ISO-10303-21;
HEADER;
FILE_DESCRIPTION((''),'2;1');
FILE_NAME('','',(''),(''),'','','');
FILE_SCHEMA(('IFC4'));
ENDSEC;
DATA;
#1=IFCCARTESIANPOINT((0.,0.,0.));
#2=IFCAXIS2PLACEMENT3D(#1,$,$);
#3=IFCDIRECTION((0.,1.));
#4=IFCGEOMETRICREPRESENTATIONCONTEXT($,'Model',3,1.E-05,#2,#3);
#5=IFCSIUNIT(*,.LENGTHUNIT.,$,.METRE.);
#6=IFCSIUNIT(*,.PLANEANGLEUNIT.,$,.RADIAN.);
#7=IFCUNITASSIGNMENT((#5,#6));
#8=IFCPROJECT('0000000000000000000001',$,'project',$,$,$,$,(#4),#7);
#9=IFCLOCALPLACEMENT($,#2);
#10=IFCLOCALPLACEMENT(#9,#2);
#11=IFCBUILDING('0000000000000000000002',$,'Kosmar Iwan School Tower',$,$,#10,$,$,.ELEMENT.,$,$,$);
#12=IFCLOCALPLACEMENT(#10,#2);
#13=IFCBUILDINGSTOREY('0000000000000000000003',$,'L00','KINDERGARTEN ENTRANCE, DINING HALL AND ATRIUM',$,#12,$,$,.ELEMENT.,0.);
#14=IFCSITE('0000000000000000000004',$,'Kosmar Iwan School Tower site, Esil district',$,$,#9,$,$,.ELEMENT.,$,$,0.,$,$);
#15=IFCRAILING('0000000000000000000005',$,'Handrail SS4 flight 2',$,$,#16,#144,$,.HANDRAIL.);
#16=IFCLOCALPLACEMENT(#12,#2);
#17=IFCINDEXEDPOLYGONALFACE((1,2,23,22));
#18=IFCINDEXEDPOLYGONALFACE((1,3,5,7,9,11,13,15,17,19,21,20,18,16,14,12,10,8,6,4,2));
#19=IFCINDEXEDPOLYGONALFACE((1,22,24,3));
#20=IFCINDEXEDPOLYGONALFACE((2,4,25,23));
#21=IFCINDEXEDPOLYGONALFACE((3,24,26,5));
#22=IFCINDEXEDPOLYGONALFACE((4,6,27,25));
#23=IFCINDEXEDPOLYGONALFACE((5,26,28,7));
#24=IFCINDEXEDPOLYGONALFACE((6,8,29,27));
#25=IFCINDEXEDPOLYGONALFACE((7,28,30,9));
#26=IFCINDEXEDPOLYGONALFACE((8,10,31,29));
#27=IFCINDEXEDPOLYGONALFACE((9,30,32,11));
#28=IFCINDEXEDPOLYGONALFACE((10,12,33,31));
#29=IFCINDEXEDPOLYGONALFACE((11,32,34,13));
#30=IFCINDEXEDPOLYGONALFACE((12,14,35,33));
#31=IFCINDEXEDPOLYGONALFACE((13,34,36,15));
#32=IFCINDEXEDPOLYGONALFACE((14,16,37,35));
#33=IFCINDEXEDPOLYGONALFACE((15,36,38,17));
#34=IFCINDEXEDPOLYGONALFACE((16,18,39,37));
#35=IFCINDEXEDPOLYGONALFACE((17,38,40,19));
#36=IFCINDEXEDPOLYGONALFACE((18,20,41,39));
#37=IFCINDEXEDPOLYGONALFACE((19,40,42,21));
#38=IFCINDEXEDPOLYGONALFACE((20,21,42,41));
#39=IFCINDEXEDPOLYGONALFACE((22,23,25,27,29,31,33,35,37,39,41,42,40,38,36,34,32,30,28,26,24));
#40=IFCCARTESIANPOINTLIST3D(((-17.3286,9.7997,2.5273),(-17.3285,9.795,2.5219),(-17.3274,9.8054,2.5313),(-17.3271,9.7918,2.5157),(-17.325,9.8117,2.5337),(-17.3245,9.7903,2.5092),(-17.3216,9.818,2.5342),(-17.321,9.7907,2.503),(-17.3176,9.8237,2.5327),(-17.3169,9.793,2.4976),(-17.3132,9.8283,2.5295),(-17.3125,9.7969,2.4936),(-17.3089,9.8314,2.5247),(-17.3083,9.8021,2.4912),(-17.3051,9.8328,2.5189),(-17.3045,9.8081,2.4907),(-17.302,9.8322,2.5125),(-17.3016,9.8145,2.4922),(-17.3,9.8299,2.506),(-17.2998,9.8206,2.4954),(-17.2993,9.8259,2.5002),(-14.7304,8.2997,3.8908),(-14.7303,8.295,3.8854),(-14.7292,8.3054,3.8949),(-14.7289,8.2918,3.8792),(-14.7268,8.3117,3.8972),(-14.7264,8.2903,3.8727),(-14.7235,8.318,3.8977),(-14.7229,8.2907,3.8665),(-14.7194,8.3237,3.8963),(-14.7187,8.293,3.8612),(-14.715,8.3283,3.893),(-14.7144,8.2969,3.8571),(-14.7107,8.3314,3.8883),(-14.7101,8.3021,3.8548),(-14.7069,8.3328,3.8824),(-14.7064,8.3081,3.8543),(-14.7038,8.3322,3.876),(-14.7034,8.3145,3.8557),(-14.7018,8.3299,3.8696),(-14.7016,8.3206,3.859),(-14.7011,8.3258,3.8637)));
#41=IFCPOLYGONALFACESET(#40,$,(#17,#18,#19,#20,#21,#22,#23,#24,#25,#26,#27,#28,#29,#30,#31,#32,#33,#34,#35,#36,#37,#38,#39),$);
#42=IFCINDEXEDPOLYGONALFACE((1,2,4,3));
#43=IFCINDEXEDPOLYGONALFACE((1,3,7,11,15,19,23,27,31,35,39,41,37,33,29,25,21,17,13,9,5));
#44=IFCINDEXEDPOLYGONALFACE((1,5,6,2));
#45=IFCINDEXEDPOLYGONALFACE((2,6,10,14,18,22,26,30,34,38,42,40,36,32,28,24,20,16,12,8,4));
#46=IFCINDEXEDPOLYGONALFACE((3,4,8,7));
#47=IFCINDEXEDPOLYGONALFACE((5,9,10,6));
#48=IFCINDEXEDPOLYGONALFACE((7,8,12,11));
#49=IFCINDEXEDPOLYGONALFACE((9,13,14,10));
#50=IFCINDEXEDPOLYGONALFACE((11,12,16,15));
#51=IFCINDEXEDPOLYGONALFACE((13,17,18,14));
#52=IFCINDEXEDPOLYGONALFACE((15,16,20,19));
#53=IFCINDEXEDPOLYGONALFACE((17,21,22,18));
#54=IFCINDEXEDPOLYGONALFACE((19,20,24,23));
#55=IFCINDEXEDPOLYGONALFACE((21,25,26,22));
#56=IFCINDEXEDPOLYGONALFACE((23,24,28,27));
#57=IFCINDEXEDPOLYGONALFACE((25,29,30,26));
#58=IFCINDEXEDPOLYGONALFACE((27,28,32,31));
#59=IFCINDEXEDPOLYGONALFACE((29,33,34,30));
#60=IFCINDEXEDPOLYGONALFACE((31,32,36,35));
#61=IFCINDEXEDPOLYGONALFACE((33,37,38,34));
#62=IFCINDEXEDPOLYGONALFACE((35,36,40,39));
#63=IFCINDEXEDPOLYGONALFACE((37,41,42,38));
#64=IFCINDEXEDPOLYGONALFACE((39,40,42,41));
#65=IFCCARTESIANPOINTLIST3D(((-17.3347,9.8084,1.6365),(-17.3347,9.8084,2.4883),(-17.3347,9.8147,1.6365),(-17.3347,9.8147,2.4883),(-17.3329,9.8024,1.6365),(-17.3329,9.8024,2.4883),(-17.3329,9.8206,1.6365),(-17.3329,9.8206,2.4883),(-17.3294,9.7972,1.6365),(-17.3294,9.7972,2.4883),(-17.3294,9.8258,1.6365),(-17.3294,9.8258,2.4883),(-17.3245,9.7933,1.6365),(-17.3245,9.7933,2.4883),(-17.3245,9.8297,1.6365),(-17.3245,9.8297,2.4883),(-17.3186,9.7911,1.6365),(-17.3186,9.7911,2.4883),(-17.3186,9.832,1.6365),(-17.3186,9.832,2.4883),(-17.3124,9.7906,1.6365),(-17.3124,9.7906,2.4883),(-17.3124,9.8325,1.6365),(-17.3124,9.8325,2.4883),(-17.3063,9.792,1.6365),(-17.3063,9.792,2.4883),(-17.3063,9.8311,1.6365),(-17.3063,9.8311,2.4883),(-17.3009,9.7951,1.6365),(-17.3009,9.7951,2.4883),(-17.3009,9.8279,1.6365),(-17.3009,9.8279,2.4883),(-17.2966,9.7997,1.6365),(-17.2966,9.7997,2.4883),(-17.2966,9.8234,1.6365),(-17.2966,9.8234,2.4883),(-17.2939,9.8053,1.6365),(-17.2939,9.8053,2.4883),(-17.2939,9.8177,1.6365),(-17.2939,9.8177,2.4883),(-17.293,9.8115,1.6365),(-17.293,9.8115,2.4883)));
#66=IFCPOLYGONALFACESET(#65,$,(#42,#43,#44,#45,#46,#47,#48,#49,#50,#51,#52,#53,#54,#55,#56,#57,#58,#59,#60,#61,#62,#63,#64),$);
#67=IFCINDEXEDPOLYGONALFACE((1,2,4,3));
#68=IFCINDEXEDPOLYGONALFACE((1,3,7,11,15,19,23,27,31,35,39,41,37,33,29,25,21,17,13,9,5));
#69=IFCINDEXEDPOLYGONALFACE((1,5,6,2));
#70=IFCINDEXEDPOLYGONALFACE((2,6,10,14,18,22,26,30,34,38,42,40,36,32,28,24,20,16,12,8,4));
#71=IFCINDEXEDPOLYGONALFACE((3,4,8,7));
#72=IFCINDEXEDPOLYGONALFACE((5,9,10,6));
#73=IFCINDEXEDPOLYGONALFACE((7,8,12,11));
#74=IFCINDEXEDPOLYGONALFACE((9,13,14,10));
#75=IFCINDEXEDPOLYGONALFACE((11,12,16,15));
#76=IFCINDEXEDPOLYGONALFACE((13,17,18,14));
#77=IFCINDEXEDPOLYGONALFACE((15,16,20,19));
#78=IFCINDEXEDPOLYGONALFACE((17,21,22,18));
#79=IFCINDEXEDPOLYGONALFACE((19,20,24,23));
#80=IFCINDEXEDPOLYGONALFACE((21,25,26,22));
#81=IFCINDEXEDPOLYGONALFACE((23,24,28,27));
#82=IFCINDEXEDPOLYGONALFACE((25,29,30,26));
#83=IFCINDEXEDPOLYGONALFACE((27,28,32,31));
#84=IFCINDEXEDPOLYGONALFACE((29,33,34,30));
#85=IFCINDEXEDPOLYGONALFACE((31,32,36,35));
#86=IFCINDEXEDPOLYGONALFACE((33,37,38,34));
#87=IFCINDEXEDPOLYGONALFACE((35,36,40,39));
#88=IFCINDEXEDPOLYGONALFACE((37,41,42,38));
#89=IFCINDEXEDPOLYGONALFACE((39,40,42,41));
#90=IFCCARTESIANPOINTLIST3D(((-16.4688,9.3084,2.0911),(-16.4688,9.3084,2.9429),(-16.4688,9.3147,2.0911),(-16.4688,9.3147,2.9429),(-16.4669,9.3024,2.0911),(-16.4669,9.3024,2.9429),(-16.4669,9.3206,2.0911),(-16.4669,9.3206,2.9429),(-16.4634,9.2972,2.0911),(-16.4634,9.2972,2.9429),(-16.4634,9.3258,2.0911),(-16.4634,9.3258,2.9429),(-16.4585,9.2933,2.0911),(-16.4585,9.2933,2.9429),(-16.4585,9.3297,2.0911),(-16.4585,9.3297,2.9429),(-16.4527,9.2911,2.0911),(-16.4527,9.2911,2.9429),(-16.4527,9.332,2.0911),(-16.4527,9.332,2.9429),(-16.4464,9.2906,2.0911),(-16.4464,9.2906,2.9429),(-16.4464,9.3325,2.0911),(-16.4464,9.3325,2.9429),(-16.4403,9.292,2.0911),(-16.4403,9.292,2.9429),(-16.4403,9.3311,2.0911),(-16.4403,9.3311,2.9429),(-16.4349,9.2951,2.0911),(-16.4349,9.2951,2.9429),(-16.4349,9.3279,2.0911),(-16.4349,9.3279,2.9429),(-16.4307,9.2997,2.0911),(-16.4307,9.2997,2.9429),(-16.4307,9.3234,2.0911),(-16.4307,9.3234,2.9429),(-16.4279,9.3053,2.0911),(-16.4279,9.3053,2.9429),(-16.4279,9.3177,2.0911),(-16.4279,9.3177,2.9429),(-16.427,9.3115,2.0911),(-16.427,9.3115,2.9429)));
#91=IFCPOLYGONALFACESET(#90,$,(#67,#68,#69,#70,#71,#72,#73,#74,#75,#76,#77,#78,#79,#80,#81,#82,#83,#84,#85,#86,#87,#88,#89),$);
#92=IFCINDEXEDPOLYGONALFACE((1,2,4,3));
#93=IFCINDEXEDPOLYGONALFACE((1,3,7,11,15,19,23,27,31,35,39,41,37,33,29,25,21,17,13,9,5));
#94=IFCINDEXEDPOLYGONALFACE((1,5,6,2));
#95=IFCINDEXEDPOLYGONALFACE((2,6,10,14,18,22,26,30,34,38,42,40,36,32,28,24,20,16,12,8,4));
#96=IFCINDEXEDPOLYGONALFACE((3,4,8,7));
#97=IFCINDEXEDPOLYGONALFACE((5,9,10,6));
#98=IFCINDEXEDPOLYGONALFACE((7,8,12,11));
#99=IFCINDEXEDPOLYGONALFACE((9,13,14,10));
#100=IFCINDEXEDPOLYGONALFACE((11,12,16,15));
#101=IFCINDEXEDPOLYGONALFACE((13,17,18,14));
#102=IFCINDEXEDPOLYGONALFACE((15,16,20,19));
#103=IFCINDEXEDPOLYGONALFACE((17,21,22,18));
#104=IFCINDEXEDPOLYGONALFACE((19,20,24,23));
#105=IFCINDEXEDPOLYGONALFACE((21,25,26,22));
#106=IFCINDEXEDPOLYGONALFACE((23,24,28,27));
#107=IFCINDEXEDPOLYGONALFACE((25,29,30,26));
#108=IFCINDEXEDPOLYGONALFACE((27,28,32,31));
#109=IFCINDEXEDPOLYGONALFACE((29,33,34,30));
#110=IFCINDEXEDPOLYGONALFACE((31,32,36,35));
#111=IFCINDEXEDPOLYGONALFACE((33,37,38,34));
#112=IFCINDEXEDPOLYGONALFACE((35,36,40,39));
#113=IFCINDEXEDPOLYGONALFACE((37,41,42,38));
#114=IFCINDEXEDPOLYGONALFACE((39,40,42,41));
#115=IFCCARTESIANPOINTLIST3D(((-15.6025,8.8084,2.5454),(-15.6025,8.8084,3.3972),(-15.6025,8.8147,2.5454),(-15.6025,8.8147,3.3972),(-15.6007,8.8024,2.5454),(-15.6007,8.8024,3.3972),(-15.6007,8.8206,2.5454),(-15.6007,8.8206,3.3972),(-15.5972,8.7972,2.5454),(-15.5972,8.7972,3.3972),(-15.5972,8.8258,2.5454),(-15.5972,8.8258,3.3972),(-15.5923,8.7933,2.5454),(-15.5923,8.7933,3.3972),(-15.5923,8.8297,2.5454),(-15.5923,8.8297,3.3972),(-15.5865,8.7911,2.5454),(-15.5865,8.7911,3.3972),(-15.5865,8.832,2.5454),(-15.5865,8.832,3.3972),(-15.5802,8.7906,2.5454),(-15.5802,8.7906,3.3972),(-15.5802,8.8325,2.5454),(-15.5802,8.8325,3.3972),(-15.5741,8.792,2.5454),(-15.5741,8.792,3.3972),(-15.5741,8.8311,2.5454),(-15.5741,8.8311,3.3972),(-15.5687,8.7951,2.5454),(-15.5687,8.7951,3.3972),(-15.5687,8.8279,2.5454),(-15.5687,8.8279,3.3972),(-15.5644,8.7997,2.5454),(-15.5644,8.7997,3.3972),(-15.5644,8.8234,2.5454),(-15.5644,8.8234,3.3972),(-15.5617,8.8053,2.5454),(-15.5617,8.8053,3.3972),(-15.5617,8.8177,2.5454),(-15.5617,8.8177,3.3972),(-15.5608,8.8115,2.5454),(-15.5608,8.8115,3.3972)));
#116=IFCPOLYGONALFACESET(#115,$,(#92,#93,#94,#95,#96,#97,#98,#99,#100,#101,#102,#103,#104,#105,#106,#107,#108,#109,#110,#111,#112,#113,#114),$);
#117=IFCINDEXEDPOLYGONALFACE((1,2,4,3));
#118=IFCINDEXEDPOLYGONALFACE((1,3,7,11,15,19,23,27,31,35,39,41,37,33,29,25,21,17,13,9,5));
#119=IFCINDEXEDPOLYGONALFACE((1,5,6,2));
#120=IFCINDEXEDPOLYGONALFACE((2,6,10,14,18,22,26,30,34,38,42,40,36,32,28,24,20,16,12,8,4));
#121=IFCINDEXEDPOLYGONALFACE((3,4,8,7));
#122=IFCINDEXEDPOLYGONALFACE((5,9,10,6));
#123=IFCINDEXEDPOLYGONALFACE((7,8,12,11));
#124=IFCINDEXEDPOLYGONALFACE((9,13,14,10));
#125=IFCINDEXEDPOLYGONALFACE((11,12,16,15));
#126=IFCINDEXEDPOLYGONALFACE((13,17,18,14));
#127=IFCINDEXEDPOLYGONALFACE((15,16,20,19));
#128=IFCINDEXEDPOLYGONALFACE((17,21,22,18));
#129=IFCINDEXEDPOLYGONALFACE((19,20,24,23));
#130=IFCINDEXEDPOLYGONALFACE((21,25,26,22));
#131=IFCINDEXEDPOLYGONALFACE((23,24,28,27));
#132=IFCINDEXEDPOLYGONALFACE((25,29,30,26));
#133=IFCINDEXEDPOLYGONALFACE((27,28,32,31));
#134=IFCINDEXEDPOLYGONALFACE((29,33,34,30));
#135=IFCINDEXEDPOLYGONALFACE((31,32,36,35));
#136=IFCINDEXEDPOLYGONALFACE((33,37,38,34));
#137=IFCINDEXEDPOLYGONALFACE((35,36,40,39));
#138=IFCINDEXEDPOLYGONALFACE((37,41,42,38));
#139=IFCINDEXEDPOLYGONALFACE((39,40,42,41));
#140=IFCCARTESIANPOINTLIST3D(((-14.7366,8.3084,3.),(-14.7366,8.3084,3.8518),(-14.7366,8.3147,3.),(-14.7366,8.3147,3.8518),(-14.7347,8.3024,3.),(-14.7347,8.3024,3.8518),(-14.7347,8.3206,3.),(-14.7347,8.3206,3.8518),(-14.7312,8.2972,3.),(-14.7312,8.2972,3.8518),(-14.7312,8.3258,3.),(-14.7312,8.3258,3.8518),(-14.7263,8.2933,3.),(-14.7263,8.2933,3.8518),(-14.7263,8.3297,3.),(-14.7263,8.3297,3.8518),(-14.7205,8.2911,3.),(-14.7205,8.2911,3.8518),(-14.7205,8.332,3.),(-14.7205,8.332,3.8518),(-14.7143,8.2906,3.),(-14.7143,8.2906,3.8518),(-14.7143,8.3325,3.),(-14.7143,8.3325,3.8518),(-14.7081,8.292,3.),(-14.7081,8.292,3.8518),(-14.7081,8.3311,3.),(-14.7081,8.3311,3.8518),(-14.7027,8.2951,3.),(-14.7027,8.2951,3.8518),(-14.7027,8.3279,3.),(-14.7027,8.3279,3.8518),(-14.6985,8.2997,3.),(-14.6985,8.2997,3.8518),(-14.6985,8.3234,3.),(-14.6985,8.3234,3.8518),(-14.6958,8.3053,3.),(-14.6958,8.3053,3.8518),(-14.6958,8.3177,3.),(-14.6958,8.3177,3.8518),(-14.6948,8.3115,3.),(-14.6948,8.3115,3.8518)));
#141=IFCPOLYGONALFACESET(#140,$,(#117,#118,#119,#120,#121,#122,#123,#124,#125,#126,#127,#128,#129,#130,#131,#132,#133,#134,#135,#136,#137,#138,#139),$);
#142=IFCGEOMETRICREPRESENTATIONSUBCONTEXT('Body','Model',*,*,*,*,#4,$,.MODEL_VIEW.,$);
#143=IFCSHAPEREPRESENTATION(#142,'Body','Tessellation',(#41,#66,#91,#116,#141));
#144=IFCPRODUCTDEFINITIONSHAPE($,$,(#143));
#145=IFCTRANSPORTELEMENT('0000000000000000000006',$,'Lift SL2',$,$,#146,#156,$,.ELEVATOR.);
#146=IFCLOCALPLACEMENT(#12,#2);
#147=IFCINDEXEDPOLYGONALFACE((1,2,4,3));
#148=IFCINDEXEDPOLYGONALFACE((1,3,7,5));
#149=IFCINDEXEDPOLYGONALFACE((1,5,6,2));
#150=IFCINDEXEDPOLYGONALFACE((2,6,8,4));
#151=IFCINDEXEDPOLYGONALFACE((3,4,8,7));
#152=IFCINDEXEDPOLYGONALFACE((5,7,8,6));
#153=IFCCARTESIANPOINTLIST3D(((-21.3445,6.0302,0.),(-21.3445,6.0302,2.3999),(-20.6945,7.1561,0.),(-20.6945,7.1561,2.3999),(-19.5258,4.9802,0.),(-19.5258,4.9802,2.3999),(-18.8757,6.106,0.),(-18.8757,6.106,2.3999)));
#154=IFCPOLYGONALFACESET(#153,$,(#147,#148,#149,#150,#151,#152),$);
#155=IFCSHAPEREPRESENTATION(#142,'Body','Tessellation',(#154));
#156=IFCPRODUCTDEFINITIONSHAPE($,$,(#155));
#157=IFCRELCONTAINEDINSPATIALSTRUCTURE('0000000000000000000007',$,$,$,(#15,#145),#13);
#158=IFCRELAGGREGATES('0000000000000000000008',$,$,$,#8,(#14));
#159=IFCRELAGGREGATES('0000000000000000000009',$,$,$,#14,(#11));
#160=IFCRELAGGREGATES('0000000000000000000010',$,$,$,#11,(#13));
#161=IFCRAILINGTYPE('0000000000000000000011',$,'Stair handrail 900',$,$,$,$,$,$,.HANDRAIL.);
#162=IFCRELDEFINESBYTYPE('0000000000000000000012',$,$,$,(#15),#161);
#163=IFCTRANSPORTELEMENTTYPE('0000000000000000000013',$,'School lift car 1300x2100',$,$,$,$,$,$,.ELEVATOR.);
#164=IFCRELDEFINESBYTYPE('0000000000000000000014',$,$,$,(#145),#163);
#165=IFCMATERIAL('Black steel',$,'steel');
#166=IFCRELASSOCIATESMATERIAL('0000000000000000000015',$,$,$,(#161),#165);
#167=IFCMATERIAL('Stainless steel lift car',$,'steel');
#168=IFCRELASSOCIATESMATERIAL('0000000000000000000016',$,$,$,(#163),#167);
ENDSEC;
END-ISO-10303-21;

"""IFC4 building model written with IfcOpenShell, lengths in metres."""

from ifc_helpers import new_model, si_unit, direction, frame, origin, origin_2d, place, context, subcontext, project, spatial, rectangle, circle, extrude, material, type_object, element, save


model = new_model("IFC4")

# Units and contexts
model_context = context("Model", 3, precision=1e-05, world=origin(), true_north=direction((0.0, 1.0)))
body_context = subcontext(model_context, "Body", "Model", "MODEL_VIEW")
ifc_project = project(units=[si_unit("LENGTHUNIT", "METRE"), si_unit("PLANEANGLEUNIT", "RADIAN")], contexts=[model_context])

# Site, building, storey
site_placement = place(None, origin())
site = spatial("IfcSite", under=ifc_project, at=site_placement, Name="Kosmar Iwan School Tower site, Esil district", CompositionType="ELEMENT", RefElevation=0.0)
building_placement = place(site_placement, origin())
building = spatial("IfcBuilding", under=site, at=building_placement, Name="Kosmar Iwan School Tower", CompositionType="ELEMENT")
storey_placement = place(building_placement, origin())
storey = spatial("IfcBuildingStorey", under=building, at=storey_placement, Name="L00", Description="KINDERGARTEN ENTRANCE, DINING HALL AND ATRIUM", CompositionType="ELEMENT", Elevation=0.0)

# Railing
ifc_material_1 = material(Name="Black steel", Category="steel")
railing_type = type_object("IfcRailingType", Name="Stair handrail 900", PredefinedType="HANDRAIL", material=ifc_material_1)
railing_placement = place(storey_placement, frame((-17.314, 9.8115, 1.6365)))
element("IfcRailing", 1, at=railing_placement, inside=storey, type_object=railing_type, Name="Handrail SS4 flight 2", PredefinedType="HANDRAIL", context=body_context, shape_type="SweptSolid", body=[
    extrude(circle(Radius=0.0239, at=origin_2d()), frame((0.0, 0.0, 0.876), z_axis=(0.788419, -0.455182, 0.413768), x_axis=(0.49999, 0.866031, 0.0)), (0.0, 0.0, 1.0), 3.2954),
    extrude(circle(Radius=0.021, at=origin_2d()), origin(), (0.0, 0.0, 1.0), 0.8518),
    extrude(circle(Radius=0.021, at=origin_2d()), frame((0.866, -0.5, 0.4546)), (0.0, 0.0, 1.0), 0.8518),
    extrude(circle(Radius=0.021, at=origin_2d()), frame((1.7322, -1.0, 0.9089)), (0.0, 0.0, 1.0), 0.8518),
    extrude(circle(Radius=0.021, at=origin_2d()), frame((2.5981, -1.5, 1.3635)), (0.0, 0.0, 1.0), 0.8518),
])

# Transport element
ifc_material_2 = material(Name="Stainless steel lift car", Category="steel")
transport_element_type = type_object("IfcTransportElementType", Name="School lift car 1300x2100", PredefinedType="ELEVATOR", material=ifc_material_2)
transport_element_placement = place(storey_placement, frame((-20.1101, 6.0681, 0.0), z_axis=(0.0, 0.0, 1.0), x_axis=(-0.866025, 0.5, 0.0)))
element("IfcTransportElement", 2, at=transport_element_placement, inside=storey, type_object=transport_element_type, Name="Lift SL2", PredefinedType="ELEVATOR", context=body_context, shape_type="SweptSolid", body=[
    extrude(rectangle(XDim=2.1001, YDim=1.3, at=origin_2d()), origin(), (0.0, 0.0, 1.0), 2.3999),
])

save(model, "model.ifc")
